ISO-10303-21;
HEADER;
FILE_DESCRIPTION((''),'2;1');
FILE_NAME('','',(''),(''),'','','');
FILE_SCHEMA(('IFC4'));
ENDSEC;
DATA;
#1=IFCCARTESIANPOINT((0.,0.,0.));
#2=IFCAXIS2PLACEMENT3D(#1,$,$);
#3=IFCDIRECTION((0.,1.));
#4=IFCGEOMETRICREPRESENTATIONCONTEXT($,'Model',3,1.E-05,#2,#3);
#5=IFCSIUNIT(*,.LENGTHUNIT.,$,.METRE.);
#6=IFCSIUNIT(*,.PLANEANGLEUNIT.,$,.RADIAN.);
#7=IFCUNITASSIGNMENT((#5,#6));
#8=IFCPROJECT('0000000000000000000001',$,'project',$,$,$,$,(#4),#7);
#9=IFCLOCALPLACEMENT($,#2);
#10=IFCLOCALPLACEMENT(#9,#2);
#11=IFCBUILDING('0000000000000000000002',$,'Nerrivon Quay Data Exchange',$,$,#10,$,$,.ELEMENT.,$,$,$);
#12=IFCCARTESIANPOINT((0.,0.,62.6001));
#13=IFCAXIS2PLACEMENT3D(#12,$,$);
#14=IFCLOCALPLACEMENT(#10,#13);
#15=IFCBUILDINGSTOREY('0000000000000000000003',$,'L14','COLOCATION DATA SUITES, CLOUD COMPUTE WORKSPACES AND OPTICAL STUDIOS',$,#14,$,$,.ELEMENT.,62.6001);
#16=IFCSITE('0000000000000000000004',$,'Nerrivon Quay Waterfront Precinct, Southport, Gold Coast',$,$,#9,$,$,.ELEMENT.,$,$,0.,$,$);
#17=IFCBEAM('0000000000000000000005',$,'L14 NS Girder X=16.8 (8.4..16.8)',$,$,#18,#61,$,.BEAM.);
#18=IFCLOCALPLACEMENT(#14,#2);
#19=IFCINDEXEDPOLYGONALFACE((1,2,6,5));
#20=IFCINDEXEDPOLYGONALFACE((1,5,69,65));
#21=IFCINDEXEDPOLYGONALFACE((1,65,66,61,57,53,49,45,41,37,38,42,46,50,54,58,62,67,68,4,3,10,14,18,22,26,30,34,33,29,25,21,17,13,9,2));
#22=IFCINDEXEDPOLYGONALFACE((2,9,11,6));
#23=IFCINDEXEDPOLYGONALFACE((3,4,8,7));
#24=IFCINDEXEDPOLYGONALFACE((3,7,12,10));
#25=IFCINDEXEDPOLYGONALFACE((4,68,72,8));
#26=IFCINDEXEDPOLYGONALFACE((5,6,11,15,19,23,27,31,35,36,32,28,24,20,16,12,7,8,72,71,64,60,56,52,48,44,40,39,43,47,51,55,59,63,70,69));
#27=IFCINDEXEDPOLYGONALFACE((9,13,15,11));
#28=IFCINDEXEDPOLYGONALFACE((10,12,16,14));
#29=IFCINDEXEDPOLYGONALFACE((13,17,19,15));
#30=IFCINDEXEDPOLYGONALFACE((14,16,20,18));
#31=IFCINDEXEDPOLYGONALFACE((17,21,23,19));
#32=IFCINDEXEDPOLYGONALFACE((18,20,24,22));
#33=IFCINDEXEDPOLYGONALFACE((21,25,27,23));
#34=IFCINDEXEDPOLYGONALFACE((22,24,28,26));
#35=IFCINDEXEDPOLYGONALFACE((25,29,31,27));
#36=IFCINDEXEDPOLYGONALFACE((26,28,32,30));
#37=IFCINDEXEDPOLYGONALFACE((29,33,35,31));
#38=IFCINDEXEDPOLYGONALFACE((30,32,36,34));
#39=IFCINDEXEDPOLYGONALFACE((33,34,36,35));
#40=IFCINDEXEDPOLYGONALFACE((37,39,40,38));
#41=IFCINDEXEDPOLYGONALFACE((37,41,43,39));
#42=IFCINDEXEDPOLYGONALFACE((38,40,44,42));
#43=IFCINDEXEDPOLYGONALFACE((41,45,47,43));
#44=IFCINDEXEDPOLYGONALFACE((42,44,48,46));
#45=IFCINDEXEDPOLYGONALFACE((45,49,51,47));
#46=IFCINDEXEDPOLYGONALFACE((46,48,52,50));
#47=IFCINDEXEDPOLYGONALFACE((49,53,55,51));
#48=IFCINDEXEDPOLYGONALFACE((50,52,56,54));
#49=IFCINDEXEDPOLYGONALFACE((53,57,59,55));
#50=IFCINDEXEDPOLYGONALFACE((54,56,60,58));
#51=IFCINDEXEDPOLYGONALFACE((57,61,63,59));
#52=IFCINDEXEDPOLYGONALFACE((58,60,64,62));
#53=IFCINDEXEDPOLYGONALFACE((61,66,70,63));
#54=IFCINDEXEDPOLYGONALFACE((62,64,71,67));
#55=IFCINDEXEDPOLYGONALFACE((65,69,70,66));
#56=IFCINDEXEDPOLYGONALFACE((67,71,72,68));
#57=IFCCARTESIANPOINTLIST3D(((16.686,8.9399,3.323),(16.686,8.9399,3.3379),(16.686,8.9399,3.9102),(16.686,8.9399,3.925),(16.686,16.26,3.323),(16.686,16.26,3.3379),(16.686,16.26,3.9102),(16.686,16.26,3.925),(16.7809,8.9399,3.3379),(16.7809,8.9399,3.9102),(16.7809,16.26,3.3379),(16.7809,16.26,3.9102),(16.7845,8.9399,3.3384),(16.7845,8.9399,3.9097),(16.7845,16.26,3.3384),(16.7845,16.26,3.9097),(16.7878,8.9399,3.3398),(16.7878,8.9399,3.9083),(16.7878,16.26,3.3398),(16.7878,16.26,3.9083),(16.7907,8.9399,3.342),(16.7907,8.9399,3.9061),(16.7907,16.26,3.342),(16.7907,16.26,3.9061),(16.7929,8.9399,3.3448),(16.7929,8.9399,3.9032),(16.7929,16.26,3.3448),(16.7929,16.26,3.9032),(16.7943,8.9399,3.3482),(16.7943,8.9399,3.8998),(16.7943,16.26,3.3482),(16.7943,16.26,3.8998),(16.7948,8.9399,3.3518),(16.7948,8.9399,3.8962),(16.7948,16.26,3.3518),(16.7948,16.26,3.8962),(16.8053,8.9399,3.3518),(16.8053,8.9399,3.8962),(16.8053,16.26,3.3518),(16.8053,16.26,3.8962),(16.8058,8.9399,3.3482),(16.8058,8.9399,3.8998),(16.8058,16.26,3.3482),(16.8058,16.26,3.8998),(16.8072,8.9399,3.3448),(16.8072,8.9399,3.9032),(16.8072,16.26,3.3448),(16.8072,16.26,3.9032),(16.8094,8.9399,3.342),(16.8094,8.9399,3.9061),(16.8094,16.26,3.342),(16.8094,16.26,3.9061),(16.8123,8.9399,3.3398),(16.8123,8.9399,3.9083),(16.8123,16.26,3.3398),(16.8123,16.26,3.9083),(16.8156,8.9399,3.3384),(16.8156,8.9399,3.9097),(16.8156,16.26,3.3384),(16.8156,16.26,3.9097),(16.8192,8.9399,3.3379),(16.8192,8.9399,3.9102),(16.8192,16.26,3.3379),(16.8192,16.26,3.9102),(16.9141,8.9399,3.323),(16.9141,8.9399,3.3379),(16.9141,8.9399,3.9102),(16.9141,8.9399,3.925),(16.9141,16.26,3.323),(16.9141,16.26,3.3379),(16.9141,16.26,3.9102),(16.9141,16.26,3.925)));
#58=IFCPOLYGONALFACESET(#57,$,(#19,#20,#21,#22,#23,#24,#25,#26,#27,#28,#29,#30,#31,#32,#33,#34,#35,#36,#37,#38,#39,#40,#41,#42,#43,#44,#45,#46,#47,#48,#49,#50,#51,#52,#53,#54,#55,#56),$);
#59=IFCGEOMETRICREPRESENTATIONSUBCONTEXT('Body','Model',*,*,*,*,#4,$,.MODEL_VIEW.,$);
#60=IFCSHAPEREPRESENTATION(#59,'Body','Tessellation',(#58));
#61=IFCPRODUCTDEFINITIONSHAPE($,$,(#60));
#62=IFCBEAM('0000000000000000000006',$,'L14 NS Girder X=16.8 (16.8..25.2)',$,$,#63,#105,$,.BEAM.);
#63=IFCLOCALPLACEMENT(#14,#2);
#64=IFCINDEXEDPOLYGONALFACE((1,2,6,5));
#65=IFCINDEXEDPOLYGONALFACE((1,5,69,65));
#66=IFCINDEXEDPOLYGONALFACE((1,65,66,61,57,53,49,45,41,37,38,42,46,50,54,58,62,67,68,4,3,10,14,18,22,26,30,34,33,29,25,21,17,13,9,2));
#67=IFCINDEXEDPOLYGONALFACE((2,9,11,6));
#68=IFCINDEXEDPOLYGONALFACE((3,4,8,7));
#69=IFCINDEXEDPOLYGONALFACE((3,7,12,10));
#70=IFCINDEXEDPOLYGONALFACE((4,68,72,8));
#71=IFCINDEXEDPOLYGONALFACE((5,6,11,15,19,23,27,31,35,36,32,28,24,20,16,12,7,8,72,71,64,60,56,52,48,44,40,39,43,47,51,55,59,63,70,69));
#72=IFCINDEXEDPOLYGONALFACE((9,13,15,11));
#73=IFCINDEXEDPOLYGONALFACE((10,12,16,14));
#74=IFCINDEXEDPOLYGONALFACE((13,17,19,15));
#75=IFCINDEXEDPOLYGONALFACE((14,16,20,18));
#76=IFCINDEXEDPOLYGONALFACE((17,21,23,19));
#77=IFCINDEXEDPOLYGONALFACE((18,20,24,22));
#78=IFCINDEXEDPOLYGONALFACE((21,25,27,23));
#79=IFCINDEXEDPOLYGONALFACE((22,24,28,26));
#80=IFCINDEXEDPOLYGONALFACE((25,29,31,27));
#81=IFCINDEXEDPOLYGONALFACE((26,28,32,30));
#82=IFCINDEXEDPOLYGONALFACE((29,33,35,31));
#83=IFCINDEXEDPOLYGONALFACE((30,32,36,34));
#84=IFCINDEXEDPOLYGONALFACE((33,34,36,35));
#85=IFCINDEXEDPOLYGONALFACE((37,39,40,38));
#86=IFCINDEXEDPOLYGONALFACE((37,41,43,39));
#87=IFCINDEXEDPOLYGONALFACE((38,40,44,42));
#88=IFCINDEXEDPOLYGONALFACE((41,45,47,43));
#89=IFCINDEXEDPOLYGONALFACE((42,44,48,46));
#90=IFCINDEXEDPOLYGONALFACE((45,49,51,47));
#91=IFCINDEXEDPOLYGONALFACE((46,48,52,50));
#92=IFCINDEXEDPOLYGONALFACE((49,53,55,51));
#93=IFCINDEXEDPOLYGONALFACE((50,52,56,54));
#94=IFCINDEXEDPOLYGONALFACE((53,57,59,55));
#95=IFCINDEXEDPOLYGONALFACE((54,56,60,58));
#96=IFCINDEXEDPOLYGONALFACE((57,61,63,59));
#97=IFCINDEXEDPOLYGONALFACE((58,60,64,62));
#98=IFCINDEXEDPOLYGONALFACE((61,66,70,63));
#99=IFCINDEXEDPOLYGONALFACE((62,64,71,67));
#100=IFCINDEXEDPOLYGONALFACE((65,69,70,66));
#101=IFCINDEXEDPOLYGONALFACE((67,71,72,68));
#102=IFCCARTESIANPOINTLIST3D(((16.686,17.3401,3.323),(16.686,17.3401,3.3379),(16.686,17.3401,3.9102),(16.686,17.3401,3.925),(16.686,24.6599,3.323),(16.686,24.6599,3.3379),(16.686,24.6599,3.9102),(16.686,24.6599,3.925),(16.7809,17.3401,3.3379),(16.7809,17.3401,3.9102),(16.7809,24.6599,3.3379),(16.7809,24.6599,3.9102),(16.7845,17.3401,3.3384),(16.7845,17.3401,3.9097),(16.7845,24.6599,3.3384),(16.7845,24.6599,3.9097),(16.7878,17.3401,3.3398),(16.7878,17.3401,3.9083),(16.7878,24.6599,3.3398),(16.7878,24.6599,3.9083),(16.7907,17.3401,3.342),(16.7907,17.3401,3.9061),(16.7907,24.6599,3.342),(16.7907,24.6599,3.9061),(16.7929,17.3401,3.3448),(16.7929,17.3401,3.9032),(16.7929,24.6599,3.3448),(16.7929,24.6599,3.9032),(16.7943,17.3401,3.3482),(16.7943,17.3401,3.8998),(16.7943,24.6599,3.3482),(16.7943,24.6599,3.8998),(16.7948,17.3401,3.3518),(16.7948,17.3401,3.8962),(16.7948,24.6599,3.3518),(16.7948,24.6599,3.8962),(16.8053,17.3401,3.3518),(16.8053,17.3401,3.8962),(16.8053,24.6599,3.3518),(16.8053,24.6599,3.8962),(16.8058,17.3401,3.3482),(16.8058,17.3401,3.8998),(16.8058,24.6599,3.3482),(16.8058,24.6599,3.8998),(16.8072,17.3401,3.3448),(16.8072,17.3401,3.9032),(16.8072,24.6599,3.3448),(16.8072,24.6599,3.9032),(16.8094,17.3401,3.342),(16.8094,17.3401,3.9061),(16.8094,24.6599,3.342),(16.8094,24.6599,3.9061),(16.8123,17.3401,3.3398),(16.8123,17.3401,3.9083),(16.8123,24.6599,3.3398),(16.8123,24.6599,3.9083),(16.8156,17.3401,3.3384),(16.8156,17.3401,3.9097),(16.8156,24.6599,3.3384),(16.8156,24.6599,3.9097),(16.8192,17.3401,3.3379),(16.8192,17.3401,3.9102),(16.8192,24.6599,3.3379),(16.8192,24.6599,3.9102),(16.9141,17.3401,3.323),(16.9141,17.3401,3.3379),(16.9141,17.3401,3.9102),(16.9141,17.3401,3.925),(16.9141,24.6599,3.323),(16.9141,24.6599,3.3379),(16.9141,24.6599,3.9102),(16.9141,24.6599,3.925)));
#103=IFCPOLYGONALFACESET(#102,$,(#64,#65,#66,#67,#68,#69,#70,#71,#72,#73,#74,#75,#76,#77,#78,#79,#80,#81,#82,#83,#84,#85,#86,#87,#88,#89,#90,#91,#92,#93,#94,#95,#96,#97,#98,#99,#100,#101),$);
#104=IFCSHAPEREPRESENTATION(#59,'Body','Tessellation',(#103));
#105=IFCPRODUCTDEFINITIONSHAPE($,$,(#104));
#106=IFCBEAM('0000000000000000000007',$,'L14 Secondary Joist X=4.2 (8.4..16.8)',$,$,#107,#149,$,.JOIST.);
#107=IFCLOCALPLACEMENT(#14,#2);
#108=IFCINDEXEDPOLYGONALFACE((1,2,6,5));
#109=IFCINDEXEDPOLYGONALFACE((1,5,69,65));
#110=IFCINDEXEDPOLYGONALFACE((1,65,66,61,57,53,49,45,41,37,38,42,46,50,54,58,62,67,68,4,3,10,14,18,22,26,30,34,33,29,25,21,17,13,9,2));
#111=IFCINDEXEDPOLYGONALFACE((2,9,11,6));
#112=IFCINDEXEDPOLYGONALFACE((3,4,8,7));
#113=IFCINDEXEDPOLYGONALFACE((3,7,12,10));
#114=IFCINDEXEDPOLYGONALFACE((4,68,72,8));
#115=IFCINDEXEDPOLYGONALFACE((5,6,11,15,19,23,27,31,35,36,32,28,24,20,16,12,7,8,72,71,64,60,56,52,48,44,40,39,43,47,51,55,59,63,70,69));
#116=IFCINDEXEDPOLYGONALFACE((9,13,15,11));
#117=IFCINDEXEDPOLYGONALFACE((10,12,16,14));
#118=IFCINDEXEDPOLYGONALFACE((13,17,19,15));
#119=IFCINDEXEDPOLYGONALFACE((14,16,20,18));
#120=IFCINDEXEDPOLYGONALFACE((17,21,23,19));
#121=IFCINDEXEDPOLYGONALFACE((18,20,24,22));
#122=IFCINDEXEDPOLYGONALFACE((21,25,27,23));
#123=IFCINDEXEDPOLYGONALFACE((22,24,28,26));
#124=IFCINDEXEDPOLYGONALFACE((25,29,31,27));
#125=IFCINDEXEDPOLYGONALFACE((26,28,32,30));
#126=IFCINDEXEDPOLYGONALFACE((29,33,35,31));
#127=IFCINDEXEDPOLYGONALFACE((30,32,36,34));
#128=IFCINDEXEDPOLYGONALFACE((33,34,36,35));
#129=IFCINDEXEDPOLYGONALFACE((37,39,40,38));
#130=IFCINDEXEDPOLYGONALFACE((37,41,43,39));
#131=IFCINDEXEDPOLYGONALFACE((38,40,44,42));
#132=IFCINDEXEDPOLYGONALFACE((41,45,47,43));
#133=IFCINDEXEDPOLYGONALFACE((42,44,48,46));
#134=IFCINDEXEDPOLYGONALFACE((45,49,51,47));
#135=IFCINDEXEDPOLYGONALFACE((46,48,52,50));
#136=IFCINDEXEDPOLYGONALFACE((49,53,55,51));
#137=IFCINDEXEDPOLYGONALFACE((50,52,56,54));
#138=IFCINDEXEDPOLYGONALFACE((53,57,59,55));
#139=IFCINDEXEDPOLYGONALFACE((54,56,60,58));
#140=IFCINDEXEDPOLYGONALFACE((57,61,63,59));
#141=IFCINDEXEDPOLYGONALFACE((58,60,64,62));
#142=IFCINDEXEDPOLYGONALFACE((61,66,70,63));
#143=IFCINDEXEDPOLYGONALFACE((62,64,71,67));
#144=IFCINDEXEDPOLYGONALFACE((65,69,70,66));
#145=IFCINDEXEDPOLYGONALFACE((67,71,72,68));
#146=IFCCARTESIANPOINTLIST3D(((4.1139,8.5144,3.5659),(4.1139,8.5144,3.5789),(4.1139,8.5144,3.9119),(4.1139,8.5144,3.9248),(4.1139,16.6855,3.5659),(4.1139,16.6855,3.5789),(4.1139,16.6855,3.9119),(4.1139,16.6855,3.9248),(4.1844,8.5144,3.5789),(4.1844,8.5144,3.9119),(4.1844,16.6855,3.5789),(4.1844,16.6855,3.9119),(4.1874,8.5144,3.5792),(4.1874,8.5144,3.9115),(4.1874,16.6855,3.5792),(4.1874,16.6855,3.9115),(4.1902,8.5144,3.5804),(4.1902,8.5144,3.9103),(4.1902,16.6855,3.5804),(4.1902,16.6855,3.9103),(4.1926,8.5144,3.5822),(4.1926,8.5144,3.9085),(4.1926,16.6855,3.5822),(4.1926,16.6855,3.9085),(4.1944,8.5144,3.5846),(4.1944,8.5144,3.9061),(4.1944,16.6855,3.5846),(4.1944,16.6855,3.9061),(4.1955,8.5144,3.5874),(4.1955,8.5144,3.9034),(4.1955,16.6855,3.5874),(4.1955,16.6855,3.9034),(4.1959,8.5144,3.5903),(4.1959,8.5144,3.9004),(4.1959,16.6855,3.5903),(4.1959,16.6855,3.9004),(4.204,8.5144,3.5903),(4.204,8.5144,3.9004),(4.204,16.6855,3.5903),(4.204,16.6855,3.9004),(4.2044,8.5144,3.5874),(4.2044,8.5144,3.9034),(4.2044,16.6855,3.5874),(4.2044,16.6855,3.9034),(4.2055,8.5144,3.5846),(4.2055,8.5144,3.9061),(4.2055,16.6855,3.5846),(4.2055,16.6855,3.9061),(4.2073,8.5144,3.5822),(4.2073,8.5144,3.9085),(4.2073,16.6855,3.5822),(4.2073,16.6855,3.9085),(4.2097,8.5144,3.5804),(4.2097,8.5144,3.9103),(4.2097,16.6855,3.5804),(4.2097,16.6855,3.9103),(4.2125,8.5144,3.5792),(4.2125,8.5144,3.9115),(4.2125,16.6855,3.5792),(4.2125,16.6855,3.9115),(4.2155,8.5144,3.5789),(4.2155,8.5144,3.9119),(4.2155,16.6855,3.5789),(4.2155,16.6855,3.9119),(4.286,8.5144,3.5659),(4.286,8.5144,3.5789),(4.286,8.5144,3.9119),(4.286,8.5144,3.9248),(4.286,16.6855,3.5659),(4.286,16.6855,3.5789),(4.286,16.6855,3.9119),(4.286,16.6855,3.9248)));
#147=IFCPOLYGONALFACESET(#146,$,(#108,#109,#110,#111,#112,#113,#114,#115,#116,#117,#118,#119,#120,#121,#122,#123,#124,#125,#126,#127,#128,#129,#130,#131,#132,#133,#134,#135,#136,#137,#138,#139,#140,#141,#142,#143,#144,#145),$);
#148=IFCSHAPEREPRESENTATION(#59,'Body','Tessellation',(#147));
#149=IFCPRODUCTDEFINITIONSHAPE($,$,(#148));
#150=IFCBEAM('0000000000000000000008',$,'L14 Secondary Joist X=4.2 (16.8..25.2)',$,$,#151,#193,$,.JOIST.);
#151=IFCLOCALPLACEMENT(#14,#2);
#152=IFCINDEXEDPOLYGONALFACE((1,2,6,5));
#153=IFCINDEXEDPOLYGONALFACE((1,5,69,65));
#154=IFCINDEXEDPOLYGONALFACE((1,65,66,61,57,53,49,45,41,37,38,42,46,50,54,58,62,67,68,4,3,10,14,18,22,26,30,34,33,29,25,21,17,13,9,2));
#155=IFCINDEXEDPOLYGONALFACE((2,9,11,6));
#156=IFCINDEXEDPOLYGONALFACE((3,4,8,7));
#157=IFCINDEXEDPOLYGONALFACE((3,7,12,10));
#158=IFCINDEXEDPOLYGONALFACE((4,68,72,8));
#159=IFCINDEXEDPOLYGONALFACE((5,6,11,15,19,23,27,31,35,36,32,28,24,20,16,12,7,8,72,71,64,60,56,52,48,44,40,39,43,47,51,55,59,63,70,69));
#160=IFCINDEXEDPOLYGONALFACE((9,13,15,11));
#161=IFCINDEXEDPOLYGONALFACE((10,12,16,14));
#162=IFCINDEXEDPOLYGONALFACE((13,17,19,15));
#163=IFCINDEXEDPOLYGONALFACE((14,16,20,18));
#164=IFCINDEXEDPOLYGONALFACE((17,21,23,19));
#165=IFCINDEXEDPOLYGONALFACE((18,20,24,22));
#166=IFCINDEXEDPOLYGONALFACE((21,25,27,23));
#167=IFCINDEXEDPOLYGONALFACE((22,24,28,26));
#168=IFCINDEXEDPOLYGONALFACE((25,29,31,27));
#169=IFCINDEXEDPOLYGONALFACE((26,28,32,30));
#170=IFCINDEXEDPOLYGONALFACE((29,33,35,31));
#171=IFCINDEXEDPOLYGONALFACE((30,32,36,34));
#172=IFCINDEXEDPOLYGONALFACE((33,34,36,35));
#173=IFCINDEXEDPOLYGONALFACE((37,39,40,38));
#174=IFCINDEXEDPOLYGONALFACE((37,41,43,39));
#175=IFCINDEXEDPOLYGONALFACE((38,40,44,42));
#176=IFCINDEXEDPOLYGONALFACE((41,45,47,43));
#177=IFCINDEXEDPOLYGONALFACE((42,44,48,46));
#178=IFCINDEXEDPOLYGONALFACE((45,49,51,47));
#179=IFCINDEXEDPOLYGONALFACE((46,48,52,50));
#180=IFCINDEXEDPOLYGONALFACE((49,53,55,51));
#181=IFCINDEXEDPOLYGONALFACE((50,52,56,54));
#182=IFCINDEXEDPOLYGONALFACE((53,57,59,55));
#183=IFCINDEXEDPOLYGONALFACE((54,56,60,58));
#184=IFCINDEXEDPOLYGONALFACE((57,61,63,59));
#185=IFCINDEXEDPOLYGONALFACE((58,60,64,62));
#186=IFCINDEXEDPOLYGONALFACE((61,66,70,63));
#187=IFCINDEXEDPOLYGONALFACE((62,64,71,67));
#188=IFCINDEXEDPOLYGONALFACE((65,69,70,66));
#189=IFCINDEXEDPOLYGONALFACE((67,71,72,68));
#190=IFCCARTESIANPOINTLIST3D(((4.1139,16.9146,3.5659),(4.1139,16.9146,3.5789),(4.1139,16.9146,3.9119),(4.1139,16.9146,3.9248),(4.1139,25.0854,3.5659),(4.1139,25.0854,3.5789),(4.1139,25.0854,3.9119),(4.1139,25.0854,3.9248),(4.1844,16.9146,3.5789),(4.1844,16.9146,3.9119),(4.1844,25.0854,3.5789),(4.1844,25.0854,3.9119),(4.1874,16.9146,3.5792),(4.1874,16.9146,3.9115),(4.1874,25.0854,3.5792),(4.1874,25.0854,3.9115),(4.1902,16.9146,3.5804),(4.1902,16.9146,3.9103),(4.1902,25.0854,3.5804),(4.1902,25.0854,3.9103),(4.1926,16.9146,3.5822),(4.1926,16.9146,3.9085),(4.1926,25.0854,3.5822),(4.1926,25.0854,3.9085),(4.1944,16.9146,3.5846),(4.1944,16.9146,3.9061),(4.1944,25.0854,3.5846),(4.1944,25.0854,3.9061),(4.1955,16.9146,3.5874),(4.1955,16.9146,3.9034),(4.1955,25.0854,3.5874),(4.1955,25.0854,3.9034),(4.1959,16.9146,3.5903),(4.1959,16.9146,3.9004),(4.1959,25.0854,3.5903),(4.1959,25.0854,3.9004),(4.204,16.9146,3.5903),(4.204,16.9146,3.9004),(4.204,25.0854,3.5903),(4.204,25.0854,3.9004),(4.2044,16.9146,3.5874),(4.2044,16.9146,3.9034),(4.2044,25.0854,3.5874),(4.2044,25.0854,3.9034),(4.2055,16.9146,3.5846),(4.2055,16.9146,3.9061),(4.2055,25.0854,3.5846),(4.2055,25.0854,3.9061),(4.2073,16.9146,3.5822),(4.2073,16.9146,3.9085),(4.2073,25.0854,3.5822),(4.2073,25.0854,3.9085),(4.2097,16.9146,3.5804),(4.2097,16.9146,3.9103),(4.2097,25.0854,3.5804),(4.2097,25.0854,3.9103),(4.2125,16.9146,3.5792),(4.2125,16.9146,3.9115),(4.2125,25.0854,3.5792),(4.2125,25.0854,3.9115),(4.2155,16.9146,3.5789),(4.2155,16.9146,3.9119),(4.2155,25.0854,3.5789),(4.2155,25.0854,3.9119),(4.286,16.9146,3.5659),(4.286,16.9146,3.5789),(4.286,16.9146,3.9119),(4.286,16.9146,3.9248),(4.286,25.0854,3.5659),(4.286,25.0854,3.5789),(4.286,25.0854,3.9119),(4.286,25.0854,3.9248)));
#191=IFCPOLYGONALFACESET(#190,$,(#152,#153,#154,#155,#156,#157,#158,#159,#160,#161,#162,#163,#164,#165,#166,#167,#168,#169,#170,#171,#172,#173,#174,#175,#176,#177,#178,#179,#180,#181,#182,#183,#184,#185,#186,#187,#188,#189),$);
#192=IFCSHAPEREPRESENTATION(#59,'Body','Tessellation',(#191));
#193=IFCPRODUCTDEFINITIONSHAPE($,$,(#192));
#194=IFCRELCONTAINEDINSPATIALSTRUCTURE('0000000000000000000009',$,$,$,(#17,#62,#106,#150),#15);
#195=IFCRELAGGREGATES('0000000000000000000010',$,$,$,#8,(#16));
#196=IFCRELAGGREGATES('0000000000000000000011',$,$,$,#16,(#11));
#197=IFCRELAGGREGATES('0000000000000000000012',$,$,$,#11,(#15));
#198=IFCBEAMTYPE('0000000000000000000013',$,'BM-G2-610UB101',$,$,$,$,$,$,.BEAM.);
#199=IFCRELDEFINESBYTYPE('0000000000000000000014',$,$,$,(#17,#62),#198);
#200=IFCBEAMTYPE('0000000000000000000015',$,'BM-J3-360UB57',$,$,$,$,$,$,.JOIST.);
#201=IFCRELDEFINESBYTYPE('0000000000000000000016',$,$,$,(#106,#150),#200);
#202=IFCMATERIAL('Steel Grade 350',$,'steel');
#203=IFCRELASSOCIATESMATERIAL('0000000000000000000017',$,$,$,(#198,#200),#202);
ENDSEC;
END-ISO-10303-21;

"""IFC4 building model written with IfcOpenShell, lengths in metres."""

from ifc_helpers import new_model, si_unit, direction, frame, origin, origin_2d, place, context, subcontext, project, spatial, i_section, extrude, material, material_profile, profile_set, type_object, element, save


model = new_model("IFC4")

# Units and contexts
model_context = context("Model", 3, precision=1e-05, world=origin(), true_north=direction((0.0, 1.0)))
body_context = subcontext(model_context, "Body", "Model", "MODEL_VIEW")
ifc_project = project(units=[si_unit("LENGTHUNIT", "METRE"), si_unit("PLANEANGLEUNIT", "RADIAN")], contexts=[model_context])

# Site, building, storey
site_placement = place(None, origin())
site = spatial("IfcSite", under=ifc_project, at=site_placement, Name="Nerrivon Quay Waterfront Precinct, Southport, Gold Coast", CompositionType="ELEMENT", RefElevation=0.0)
building_placement = place(site_placement, origin())
building = spatial("IfcBuilding", under=site, at=building_placement, Name="Nerrivon Quay Data Exchange", CompositionType="ELEMENT")
storey_placement = place(building_placement, frame((0.0, 0.0, 62.6001)))
storey = spatial("IfcBuildingStorey", under=building, at=storey_placement, Name="L14", Description="COLOCATION DATA SUITES, CLOUD COMPUTE WORKSPACES AND OPTICAL STUDIOS", CompositionType="ELEMENT", Elevation=62.6001)

# Shared definitions
ifc_material_1 = material(Name="Steel Grade 350", Category="steel")

# Beams
ifc_material_profile_1 = material_profile(ifc_material_1, i_section(OverallWidth=0.228, OverallDepth=0.6021, WebThickness=0.0105, FlangeThickness=0.0149, FilletRadius=0.0139, at=origin_2d()), Name="610UB101")
ifc_profile_set_1 = profile_set([ifc_material_profile_1], Name="Steel Grade 350")
beam_type_1 = type_object("IfcBeamType", Name="BM-G2-610UB101", PredefinedType="BEAM", material=ifc_profile_set_1)
beam_1_placement = place(storey_placement, frame((16.8, 8.9399, 3.624), z_axis=(0.0, 1.0, 0.0), x_axis=(-1.0, 0.0, 0.0)))
element("IfcBeam", 1, at=beam_1_placement, inside=storey, type_object=beam_type_1, Name="L14 NS Girder X=16.8 (8.4..16.8)", PredefinedType="BEAM", context=body_context, shape_type="SweptSolid", body=[
    extrude(i_section(OverallWidth=0.228, OverallDepth=0.6021, WebThickness=0.0105, FlangeThickness=0.0149, FilletRadius=0.0139, at=origin_2d()), origin(), (0.0, 0.0, 1.0), 7.3201),
])
beam_2_placement = place(storey_placement, frame((16.8, 17.3401, 3.624), z_axis=(0.0, 1.0, 0.0), x_axis=(-1.0, 0.0, 0.0)))
element("IfcBeam", 2, at=beam_2_placement, inside=storey, type_object=beam_type_1, Name="L14 NS Girder X=16.8 (16.8..25.2)", PredefinedType="BEAM", context=body_context, shape_type="SweptSolid", body=[
    extrude(i_section(OverallWidth=0.228, OverallDepth=0.6021, WebThickness=0.0105, FlangeThickness=0.0149, FilletRadius=0.0139, at=origin_2d()), origin(), (0.0, 0.0, 1.0), 7.3198),
])
ifc_material_profile_2 = material_profile(ifc_material_1, i_section(OverallWidth=0.1721, OverallDepth=0.3589, WebThickness=0.0081, FlangeThickness=0.0129, FilletRadius=0.0115, at=origin_2d()), Name="360UB56.7")
ifc_profile_set_2 = profile_set([ifc_material_profile_2], Name="Steel Grade 350")
beam_type_2 = type_object("IfcBeamType", Name="BM-J3-360UB57", PredefinedType="JOIST", material=ifc_profile_set_2)
beam_3_placement = place(storey_placement, frame((4.2, 8.5144, 3.7454), z_axis=(0.0, 1.0, 0.0), x_axis=(-1.0, 0.0, 0.0)))
element("IfcBeam", 3, at=beam_3_placement, inside=storey, type_object=beam_type_2, Name="L14 Secondary Joist X=4.2 (8.4..16.8)", PredefinedType="JOIST", context=body_context, shape_type="SweptSolid", body=[
    extrude(i_section(OverallWidth=0.1721, OverallDepth=0.3589, WebThickness=0.0081, FlangeThickness=0.0129, FilletRadius=0.0115, at=origin_2d()), origin(), (0.0, 0.0, 1.0), 8.1711),
])
beam_4_placement = place(storey_placement, frame((4.2, 16.9146, 3.7454), z_axis=(0.0, 1.0, 0.0), x_axis=(-1.0, 0.0, 0.0)))
element("IfcBeam", 4, at=beam_4_placement, inside=storey, type_object=beam_type_2, Name="L14 Secondary Joist X=4.2 (16.8..25.2)", PredefinedType="JOIST", context=body_context, shape_type="SweptSolid", body=[
    extrude(i_section(OverallWidth=0.1721, OverallDepth=0.3589, WebThickness=0.0081, FlangeThickness=0.0129, FilletRadius=0.0115, at=origin_2d()), origin(), (0.0, 0.0, 1.0), 8.1709),
])

save(model, "model.ifc")
